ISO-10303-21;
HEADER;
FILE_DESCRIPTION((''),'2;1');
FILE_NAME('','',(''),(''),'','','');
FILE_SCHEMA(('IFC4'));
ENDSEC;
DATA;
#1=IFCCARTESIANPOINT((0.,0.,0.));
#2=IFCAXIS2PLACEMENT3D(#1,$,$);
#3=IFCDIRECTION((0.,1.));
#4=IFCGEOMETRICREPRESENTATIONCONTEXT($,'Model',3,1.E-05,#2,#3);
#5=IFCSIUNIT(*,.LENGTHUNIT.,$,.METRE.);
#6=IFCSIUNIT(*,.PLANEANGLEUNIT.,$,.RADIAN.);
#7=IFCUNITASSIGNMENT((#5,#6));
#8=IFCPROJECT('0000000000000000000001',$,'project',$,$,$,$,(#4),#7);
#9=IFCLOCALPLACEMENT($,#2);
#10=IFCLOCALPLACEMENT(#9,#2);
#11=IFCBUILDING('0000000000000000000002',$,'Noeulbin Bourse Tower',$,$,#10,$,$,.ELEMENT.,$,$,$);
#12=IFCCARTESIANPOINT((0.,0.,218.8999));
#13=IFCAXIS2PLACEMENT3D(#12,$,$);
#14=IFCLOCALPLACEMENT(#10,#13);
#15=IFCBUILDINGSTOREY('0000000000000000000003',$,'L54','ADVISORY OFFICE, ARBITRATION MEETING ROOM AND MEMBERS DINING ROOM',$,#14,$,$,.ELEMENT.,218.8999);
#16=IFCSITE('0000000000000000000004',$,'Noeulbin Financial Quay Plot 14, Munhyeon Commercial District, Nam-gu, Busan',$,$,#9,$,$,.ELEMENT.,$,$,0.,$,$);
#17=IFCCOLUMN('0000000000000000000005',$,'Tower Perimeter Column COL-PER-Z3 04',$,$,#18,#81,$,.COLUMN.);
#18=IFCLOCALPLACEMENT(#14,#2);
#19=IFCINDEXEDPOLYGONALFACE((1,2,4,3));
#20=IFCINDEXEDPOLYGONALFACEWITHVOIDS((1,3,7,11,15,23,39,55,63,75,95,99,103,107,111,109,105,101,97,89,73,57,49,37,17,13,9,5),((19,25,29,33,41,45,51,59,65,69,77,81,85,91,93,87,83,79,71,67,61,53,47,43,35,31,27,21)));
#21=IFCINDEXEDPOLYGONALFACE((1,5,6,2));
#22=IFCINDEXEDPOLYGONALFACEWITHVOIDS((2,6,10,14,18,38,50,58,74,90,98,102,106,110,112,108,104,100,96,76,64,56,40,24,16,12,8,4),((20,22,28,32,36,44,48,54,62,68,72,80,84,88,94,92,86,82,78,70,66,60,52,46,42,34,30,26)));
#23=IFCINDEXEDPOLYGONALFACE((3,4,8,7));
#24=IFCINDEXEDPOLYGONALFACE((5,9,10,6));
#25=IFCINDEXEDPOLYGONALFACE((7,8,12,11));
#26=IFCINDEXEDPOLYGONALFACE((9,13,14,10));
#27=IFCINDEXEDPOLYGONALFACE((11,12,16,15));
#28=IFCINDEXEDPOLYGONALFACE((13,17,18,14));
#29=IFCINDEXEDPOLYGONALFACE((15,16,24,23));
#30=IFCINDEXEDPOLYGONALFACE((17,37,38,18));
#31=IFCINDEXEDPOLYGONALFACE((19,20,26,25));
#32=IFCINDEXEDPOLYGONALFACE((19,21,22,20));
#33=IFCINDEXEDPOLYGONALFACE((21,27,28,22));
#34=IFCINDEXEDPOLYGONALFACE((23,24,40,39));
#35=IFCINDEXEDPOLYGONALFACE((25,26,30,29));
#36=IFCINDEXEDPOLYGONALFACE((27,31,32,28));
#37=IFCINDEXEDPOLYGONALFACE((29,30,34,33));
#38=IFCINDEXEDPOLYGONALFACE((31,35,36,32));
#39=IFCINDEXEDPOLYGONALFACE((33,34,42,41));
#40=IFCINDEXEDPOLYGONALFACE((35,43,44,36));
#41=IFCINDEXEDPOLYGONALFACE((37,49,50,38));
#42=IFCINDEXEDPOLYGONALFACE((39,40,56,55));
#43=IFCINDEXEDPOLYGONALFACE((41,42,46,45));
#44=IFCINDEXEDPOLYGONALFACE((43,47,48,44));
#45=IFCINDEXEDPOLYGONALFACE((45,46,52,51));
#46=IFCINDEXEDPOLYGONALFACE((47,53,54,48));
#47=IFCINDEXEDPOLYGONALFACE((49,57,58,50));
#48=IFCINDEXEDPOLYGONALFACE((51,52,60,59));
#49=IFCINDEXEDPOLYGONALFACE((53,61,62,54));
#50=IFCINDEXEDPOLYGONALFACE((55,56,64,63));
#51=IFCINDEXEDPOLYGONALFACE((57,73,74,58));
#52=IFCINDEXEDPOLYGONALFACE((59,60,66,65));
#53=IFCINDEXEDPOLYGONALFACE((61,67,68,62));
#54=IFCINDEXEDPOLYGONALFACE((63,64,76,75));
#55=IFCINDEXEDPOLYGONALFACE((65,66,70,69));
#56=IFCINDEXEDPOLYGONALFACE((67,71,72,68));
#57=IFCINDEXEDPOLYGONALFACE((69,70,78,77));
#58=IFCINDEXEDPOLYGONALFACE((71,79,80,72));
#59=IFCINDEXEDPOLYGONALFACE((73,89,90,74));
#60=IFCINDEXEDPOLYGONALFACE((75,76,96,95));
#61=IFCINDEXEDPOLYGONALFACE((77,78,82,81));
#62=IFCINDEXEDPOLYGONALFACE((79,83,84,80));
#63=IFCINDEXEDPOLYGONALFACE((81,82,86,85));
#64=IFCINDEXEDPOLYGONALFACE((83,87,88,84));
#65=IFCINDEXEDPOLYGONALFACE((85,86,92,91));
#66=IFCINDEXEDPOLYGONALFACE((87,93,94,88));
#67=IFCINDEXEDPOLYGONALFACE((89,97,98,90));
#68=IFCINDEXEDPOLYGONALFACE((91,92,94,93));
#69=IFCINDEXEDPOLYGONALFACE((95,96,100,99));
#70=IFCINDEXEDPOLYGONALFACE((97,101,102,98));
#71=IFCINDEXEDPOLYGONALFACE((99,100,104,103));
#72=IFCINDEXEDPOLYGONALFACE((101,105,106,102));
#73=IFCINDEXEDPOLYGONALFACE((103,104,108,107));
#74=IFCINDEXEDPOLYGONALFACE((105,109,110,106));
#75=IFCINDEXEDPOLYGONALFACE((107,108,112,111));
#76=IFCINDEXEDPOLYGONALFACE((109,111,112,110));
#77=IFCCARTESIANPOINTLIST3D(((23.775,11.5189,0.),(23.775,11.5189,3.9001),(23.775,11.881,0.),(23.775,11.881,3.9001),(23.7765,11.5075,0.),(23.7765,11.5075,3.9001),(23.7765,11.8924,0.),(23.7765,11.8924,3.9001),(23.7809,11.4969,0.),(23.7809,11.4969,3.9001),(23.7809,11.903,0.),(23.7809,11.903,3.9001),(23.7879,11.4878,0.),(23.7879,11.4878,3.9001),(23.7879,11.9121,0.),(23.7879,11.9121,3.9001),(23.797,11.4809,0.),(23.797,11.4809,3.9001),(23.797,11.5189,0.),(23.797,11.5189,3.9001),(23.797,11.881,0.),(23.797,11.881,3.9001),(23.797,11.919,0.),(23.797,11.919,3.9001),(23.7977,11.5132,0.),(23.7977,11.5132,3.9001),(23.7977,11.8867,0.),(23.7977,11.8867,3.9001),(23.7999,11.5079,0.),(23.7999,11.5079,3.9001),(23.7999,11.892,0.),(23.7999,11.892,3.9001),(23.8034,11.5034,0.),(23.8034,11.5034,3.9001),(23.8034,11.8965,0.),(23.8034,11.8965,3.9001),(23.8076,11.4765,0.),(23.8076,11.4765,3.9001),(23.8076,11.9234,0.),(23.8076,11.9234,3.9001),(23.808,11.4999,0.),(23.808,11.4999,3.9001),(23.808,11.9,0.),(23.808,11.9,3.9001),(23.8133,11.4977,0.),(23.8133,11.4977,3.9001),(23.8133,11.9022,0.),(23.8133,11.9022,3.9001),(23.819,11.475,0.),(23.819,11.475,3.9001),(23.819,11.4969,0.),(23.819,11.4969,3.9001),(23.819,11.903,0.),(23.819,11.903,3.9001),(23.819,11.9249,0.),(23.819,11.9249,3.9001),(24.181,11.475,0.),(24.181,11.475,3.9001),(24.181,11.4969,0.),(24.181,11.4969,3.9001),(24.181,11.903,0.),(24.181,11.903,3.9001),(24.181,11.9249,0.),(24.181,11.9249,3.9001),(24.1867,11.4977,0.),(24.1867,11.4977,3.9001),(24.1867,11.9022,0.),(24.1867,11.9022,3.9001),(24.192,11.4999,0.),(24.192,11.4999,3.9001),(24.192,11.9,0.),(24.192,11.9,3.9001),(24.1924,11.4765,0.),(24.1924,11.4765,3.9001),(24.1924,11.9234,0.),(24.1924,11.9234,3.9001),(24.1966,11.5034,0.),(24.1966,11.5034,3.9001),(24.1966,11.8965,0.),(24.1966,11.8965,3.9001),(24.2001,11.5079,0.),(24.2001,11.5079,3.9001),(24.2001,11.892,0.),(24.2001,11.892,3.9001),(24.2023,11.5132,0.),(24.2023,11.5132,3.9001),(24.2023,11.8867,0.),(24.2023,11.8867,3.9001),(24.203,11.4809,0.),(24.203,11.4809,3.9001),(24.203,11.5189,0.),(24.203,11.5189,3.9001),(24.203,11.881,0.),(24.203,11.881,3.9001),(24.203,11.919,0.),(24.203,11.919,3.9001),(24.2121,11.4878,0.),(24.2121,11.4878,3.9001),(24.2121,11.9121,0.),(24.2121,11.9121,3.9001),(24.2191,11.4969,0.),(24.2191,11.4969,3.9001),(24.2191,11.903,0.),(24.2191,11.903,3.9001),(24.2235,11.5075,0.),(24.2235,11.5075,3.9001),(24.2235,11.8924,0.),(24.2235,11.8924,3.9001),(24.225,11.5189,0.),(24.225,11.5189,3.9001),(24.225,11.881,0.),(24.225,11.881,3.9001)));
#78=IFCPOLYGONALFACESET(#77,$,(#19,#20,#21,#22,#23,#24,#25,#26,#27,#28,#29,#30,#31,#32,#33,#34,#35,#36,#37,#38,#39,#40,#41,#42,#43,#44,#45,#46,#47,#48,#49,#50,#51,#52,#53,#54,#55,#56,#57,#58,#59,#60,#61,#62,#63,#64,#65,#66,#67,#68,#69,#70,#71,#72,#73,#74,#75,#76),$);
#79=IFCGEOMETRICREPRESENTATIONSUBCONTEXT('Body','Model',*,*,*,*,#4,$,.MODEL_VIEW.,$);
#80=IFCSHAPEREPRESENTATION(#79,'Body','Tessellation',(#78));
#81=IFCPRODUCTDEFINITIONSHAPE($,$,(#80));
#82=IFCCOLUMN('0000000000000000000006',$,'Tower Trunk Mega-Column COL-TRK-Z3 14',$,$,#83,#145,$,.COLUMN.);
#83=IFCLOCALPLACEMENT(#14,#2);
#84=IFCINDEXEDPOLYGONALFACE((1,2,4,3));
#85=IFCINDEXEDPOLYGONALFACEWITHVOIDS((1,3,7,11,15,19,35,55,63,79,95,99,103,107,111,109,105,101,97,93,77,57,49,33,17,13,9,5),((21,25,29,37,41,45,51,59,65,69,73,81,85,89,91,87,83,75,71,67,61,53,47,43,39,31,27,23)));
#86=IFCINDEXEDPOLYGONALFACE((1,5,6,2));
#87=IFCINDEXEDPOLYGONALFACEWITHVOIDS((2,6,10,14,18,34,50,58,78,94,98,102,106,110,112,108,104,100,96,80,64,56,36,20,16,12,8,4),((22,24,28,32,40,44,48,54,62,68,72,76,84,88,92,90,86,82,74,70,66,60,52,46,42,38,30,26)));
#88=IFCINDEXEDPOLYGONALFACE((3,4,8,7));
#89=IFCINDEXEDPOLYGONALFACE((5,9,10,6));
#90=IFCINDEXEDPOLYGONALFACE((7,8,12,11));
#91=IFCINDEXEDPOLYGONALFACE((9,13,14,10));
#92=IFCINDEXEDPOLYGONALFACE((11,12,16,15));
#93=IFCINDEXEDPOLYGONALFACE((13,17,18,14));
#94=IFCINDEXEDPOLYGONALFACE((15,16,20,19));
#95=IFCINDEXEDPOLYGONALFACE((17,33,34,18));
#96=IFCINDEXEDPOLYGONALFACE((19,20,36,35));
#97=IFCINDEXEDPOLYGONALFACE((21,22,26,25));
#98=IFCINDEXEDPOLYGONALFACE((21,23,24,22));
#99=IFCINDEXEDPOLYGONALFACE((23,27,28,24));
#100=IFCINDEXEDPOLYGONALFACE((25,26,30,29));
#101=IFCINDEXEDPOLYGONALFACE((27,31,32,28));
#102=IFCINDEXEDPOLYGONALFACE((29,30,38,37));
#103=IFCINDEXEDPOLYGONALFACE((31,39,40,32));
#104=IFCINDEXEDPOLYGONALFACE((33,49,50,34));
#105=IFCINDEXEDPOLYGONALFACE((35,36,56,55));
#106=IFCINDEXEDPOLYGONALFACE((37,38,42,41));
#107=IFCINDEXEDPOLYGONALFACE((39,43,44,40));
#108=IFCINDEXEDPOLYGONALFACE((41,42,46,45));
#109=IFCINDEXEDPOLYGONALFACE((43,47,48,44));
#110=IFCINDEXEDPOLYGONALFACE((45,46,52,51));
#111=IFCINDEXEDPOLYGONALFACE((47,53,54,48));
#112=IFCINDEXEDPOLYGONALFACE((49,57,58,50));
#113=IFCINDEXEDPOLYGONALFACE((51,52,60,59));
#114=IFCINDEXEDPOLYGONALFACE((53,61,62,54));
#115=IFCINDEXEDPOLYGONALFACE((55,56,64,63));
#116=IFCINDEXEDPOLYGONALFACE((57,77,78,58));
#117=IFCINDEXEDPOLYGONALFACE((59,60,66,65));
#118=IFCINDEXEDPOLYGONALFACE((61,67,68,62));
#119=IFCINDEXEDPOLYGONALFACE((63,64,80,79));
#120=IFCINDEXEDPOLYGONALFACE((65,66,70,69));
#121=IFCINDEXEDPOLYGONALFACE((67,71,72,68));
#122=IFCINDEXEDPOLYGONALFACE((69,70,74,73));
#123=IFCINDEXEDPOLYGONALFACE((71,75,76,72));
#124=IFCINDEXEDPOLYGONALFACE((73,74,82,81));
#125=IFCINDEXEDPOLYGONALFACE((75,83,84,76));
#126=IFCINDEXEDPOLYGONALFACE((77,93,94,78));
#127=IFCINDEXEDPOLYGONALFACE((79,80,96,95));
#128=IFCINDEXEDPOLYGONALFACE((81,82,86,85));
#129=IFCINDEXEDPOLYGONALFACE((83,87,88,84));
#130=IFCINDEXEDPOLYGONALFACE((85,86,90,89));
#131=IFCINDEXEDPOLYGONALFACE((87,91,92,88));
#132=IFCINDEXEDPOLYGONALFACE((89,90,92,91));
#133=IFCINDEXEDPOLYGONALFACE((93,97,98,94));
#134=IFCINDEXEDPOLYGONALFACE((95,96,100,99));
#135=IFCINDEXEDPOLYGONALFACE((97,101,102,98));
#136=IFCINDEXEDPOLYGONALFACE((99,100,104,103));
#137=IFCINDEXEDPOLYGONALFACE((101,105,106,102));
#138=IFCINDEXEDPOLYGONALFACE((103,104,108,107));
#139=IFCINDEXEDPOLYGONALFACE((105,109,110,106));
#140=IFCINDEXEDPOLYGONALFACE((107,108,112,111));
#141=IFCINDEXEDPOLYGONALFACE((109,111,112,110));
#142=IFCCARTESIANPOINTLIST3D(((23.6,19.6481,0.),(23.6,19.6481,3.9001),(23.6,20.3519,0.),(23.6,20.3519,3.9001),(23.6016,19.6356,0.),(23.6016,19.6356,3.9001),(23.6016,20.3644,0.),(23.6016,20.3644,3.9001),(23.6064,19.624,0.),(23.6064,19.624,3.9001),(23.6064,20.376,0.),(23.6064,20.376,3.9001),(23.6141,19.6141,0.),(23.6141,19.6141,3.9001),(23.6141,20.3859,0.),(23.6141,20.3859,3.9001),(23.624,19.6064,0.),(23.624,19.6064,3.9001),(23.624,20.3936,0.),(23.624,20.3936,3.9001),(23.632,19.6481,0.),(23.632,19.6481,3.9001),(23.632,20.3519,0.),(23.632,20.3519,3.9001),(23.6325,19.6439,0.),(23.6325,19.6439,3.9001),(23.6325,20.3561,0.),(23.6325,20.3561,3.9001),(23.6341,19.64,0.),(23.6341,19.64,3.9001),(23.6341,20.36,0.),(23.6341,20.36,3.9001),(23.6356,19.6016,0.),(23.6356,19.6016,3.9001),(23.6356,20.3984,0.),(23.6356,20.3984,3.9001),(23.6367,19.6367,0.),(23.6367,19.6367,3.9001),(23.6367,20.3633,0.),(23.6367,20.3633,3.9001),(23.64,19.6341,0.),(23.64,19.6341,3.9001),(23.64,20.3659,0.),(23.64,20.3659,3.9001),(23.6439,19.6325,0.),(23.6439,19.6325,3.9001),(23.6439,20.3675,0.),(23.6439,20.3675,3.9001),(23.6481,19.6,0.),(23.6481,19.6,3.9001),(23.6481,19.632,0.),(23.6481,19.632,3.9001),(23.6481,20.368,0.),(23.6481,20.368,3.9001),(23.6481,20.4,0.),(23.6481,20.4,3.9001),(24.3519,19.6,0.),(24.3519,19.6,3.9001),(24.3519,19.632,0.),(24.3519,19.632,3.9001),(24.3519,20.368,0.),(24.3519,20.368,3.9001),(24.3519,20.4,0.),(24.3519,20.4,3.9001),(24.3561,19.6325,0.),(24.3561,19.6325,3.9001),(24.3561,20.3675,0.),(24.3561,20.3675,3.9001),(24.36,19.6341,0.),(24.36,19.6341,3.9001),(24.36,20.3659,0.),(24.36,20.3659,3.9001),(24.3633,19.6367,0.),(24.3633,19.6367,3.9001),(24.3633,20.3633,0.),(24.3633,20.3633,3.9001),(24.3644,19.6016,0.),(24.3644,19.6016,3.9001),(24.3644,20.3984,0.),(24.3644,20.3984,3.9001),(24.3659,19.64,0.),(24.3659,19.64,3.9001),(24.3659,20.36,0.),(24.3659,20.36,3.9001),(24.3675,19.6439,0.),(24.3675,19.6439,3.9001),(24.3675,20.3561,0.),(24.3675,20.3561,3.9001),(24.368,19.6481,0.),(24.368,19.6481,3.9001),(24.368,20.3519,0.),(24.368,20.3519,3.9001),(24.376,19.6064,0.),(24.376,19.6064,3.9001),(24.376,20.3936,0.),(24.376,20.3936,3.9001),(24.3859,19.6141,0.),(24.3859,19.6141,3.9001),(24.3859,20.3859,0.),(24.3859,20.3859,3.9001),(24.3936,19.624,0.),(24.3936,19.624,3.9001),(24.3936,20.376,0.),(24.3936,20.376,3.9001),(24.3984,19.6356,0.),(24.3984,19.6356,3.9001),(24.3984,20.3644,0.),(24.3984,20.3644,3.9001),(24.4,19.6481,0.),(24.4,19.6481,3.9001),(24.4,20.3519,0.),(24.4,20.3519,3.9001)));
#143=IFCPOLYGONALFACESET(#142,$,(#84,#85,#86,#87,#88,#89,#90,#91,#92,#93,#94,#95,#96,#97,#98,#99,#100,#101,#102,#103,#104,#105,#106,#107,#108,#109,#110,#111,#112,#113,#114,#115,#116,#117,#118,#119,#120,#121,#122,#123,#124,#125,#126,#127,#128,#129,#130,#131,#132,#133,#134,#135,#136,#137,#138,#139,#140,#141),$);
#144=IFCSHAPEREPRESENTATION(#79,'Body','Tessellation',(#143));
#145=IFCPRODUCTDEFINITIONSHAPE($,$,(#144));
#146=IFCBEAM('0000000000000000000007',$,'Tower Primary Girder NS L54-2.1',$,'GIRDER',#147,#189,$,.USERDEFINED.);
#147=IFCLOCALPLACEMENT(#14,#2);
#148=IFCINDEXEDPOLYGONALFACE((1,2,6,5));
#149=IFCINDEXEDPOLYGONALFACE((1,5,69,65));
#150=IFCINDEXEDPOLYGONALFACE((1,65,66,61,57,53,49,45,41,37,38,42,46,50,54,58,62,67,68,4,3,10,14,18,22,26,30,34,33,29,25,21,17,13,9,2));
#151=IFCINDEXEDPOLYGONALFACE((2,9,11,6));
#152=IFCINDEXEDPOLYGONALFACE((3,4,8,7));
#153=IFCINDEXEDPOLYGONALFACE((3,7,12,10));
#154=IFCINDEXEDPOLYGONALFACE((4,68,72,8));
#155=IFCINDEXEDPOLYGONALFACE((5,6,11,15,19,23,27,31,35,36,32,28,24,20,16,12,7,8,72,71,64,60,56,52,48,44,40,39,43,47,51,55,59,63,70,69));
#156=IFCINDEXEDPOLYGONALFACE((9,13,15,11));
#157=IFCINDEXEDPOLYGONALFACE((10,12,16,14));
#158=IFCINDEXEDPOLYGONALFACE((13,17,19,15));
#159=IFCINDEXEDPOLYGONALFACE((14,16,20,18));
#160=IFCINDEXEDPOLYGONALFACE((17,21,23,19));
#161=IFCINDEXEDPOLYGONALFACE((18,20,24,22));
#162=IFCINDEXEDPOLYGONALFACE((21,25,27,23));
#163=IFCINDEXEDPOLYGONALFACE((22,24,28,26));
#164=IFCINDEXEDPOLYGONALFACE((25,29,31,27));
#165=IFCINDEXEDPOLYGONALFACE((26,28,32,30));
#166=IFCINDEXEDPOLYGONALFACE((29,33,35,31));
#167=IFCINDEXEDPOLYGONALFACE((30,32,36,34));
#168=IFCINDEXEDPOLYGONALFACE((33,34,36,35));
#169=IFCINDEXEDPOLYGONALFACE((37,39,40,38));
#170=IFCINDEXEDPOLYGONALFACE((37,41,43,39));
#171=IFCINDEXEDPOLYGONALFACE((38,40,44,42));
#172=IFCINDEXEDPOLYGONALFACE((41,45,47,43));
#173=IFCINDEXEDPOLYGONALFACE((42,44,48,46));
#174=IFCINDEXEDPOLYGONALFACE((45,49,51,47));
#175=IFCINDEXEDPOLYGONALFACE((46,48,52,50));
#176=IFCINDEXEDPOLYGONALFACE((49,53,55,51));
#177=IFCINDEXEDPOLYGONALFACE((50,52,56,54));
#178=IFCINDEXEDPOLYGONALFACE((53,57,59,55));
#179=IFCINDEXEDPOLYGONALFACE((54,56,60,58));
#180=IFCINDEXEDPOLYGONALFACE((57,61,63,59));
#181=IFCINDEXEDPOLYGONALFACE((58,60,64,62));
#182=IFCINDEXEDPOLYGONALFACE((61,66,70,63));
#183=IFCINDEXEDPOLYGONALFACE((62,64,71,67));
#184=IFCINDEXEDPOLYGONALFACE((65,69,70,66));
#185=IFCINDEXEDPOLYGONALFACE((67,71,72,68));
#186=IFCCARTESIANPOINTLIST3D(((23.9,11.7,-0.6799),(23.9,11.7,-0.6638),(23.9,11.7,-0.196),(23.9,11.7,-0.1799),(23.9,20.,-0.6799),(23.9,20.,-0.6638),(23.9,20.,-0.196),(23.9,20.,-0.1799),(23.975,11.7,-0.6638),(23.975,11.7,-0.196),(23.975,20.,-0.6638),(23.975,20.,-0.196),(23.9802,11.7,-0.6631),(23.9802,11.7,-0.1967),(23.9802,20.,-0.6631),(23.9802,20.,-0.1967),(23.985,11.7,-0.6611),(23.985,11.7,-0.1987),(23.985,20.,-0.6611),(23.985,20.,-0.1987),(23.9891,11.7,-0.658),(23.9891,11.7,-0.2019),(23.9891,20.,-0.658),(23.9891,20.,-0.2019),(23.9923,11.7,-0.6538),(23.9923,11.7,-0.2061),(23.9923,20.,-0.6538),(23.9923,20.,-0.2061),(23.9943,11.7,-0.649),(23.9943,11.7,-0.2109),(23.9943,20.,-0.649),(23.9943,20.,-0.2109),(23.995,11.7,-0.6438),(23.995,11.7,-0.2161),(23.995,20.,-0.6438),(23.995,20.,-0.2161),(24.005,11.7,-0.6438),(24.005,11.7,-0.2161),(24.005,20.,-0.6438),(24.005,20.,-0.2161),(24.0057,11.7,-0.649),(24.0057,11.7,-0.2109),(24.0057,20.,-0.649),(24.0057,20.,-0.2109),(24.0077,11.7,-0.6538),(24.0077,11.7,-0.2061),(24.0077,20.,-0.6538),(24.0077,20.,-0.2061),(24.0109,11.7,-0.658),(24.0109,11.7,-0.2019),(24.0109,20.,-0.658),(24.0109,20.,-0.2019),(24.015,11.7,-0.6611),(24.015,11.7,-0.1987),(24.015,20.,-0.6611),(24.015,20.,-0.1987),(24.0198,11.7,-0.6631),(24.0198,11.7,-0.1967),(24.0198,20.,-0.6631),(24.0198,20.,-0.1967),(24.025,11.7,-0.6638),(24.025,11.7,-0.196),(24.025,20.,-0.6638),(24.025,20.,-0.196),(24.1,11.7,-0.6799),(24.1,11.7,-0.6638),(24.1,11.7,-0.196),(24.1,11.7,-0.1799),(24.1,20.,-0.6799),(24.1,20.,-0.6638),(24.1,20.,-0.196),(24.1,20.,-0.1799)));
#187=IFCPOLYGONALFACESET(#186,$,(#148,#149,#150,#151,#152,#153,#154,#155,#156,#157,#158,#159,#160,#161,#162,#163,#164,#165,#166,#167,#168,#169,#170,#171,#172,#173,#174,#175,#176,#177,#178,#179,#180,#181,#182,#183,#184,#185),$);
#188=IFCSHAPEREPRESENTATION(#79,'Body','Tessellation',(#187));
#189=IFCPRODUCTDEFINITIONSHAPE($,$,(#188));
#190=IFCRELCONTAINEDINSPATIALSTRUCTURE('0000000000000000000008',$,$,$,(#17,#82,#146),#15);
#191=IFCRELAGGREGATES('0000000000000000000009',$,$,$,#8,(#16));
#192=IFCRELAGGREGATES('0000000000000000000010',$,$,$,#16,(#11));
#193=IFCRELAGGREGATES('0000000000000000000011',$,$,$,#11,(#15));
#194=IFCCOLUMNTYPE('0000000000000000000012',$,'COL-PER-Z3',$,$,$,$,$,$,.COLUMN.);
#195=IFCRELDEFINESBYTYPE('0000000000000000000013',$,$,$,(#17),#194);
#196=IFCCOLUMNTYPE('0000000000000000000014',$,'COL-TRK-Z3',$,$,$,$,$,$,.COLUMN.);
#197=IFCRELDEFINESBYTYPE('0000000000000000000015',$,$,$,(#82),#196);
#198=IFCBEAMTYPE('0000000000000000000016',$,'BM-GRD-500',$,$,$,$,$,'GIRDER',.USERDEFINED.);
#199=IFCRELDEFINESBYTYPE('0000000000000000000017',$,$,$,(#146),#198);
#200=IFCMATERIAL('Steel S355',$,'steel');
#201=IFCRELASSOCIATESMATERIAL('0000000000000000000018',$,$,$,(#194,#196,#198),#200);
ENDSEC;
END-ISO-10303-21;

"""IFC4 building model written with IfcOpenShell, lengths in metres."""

from ifc_helpers import new_model, si_unit, direction, frame, origin, origin_2d, place, context, subcontext, project, spatial, hollow_rectangle, i_section, extrude, material, material_profile, profile_set, type_object, element, save


model = new_model("IFC4")

# Units and contexts
model_context = context("Model", 3, precision=1e-05, world=origin(), true_north=direction((0.0, 1.0)))
body_context = subcontext(model_context, "Body", "Model", "MODEL_VIEW")
ifc_project = project(units=[si_unit("LENGTHUNIT", "METRE"), si_unit("PLANEANGLEUNIT", "RADIAN")], contexts=[model_context])

# Site, building, storey
site_placement = place(None, origin())
site = spatial("IfcSite", under=ifc_project, at=site_placement, Name="Noeulbin Financial Quay Plot 14, Munhyeon Commercial District, Nam-gu, Busan", CompositionType="ELEMENT", RefElevation=0.0)
building_placement = place(site_placement, origin())
building = spatial("IfcBuilding", under=site, at=building_placement, Name="Noeulbin Bourse Tower", CompositionType="ELEMENT")
storey_placement = place(building_placement, frame((0.0, 0.0, 218.8999)))
storey = spatial("IfcBuildingStorey", under=building, at=storey_placement, Name="L54", Description="ADVISORY OFFICE, ARBITRATION MEETING ROOM AND MEMBERS DINING ROOM", CompositionType="ELEMENT", Elevation=218.8999)

# Columns
ifc_material_1 = material(Name="Steel S355", Category="steel")
ifc_material_profile_1 = material_profile(ifc_material_1, hollow_rectangle(XDim=0.45, YDim=0.45, WallThickness=0.022, InnerFilletRadius=0.022, OuterFilletRadius=0.0439, at=origin_2d()), Name="SHS-450x450x22", Category="LoadBearing")
ifc_profile_set_1 = profile_set([ifc_material_profile_1], Name="Steel S355")
column_type_1 = type_object("IfcColumnType", Name="COL-PER-Z3", PredefinedType="COLUMN", material=ifc_profile_set_1)
column_1_placement = place(storey_placement, frame((24.0, 11.7, 0.0), z_axis=(0.0, 0.0, 1.0), x_axis=(1.0, 0.0, 0.0)))
element("IfcColumn", 1, at=column_1_placement, inside=storey, type_object=column_type_1, Name="Tower Perimeter Column COL-PER-Z3 04", PredefinedType="COLUMN", context=body_context, shape_type="SweptSolid", body=[
    extrude(hollow_rectangle(XDim=0.45, YDim=0.45, WallThickness=0.022, InnerFilletRadius=0.022, OuterFilletRadius=0.0439, at=origin_2d()), origin(), (0.0, 0.0, 1.0), 3.9001),
])
ifc_material_profile_2 = material_profile(ifc_material_1, hollow_rectangle(XDim=0.8, YDim=0.8, WallThickness=0.032, InnerFilletRadius=0.0161, OuterFilletRadius=0.0481, at=origin_2d()), Name="BOX-800x800x32", Category="LoadBearing")
ifc_profile_set_2 = profile_set([ifc_material_profile_2], Name="Steel S355")
column_type_2 = type_object("IfcColumnType", Name="COL-TRK-Z3", PredefinedType="COLUMN", material=ifc_profile_set_2)
column_2_placement = place(storey_placement, frame((24.0, 20.0, 0.0), z_axis=(0.0, 0.0, 1.0), x_axis=(1.0, 0.0, 0.0)))
element("IfcColumn", 2, at=column_2_placement, inside=storey, type_object=column_type_2, Name="Tower Trunk Mega-Column COL-TRK-Z3 14", PredefinedType="COLUMN", context=body_context, shape_type="SweptSolid", body=[
    extrude(hollow_rectangle(XDim=0.8, YDim=0.8, WallThickness=0.032, InnerFilletRadius=0.0161, OuterFilletRadius=0.0481, at=origin_2d()), origin(), (0.0, 0.0, 1.0), 3.9001),
])

# Beam
ifc_material_profile_3 = material_profile(ifc_material_1, i_section(OverallWidth=0.2, OverallDepth=0.5, WebThickness=0.01, FlangeThickness=0.0161, FilletRadius=0.02, at=origin_2d()), Name="H-500x200x10x16", Category="LoadBearing")
ifc_profile_set_3 = profile_set([ifc_material_profile_3], Name="Steel S355")
beam_type_1 = type_object("IfcBeamType", Name="BM-GRD-500", ElementType="GIRDER", PredefinedType="USERDEFINED", material=ifc_profile_set_3)
beam_1_placement = place(storey_placement, frame((24.0, 11.7, -0.4299), z_axis=(0.0, 1.0, 0.0), x_axis=(-1.0, 0.0, 0.0)))
element("IfcBeam", 3, at=beam_1_placement, inside=storey, type_object=beam_type_1, Name="Tower Primary Girder NS L54-2.1", ObjectType="GIRDER", PredefinedType="USERDEFINED", context=body_context, shape_type="SweptSolid", body=[
    extrude(i_section(OverallWidth=0.2, OverallDepth=0.5, WebThickness=0.01, FlangeThickness=0.0161, FilletRadius=0.02, at=origin_2d()), origin(), (0.0, 0.0, 1.0), 8.3),
])

save(model, "model.ifc")
